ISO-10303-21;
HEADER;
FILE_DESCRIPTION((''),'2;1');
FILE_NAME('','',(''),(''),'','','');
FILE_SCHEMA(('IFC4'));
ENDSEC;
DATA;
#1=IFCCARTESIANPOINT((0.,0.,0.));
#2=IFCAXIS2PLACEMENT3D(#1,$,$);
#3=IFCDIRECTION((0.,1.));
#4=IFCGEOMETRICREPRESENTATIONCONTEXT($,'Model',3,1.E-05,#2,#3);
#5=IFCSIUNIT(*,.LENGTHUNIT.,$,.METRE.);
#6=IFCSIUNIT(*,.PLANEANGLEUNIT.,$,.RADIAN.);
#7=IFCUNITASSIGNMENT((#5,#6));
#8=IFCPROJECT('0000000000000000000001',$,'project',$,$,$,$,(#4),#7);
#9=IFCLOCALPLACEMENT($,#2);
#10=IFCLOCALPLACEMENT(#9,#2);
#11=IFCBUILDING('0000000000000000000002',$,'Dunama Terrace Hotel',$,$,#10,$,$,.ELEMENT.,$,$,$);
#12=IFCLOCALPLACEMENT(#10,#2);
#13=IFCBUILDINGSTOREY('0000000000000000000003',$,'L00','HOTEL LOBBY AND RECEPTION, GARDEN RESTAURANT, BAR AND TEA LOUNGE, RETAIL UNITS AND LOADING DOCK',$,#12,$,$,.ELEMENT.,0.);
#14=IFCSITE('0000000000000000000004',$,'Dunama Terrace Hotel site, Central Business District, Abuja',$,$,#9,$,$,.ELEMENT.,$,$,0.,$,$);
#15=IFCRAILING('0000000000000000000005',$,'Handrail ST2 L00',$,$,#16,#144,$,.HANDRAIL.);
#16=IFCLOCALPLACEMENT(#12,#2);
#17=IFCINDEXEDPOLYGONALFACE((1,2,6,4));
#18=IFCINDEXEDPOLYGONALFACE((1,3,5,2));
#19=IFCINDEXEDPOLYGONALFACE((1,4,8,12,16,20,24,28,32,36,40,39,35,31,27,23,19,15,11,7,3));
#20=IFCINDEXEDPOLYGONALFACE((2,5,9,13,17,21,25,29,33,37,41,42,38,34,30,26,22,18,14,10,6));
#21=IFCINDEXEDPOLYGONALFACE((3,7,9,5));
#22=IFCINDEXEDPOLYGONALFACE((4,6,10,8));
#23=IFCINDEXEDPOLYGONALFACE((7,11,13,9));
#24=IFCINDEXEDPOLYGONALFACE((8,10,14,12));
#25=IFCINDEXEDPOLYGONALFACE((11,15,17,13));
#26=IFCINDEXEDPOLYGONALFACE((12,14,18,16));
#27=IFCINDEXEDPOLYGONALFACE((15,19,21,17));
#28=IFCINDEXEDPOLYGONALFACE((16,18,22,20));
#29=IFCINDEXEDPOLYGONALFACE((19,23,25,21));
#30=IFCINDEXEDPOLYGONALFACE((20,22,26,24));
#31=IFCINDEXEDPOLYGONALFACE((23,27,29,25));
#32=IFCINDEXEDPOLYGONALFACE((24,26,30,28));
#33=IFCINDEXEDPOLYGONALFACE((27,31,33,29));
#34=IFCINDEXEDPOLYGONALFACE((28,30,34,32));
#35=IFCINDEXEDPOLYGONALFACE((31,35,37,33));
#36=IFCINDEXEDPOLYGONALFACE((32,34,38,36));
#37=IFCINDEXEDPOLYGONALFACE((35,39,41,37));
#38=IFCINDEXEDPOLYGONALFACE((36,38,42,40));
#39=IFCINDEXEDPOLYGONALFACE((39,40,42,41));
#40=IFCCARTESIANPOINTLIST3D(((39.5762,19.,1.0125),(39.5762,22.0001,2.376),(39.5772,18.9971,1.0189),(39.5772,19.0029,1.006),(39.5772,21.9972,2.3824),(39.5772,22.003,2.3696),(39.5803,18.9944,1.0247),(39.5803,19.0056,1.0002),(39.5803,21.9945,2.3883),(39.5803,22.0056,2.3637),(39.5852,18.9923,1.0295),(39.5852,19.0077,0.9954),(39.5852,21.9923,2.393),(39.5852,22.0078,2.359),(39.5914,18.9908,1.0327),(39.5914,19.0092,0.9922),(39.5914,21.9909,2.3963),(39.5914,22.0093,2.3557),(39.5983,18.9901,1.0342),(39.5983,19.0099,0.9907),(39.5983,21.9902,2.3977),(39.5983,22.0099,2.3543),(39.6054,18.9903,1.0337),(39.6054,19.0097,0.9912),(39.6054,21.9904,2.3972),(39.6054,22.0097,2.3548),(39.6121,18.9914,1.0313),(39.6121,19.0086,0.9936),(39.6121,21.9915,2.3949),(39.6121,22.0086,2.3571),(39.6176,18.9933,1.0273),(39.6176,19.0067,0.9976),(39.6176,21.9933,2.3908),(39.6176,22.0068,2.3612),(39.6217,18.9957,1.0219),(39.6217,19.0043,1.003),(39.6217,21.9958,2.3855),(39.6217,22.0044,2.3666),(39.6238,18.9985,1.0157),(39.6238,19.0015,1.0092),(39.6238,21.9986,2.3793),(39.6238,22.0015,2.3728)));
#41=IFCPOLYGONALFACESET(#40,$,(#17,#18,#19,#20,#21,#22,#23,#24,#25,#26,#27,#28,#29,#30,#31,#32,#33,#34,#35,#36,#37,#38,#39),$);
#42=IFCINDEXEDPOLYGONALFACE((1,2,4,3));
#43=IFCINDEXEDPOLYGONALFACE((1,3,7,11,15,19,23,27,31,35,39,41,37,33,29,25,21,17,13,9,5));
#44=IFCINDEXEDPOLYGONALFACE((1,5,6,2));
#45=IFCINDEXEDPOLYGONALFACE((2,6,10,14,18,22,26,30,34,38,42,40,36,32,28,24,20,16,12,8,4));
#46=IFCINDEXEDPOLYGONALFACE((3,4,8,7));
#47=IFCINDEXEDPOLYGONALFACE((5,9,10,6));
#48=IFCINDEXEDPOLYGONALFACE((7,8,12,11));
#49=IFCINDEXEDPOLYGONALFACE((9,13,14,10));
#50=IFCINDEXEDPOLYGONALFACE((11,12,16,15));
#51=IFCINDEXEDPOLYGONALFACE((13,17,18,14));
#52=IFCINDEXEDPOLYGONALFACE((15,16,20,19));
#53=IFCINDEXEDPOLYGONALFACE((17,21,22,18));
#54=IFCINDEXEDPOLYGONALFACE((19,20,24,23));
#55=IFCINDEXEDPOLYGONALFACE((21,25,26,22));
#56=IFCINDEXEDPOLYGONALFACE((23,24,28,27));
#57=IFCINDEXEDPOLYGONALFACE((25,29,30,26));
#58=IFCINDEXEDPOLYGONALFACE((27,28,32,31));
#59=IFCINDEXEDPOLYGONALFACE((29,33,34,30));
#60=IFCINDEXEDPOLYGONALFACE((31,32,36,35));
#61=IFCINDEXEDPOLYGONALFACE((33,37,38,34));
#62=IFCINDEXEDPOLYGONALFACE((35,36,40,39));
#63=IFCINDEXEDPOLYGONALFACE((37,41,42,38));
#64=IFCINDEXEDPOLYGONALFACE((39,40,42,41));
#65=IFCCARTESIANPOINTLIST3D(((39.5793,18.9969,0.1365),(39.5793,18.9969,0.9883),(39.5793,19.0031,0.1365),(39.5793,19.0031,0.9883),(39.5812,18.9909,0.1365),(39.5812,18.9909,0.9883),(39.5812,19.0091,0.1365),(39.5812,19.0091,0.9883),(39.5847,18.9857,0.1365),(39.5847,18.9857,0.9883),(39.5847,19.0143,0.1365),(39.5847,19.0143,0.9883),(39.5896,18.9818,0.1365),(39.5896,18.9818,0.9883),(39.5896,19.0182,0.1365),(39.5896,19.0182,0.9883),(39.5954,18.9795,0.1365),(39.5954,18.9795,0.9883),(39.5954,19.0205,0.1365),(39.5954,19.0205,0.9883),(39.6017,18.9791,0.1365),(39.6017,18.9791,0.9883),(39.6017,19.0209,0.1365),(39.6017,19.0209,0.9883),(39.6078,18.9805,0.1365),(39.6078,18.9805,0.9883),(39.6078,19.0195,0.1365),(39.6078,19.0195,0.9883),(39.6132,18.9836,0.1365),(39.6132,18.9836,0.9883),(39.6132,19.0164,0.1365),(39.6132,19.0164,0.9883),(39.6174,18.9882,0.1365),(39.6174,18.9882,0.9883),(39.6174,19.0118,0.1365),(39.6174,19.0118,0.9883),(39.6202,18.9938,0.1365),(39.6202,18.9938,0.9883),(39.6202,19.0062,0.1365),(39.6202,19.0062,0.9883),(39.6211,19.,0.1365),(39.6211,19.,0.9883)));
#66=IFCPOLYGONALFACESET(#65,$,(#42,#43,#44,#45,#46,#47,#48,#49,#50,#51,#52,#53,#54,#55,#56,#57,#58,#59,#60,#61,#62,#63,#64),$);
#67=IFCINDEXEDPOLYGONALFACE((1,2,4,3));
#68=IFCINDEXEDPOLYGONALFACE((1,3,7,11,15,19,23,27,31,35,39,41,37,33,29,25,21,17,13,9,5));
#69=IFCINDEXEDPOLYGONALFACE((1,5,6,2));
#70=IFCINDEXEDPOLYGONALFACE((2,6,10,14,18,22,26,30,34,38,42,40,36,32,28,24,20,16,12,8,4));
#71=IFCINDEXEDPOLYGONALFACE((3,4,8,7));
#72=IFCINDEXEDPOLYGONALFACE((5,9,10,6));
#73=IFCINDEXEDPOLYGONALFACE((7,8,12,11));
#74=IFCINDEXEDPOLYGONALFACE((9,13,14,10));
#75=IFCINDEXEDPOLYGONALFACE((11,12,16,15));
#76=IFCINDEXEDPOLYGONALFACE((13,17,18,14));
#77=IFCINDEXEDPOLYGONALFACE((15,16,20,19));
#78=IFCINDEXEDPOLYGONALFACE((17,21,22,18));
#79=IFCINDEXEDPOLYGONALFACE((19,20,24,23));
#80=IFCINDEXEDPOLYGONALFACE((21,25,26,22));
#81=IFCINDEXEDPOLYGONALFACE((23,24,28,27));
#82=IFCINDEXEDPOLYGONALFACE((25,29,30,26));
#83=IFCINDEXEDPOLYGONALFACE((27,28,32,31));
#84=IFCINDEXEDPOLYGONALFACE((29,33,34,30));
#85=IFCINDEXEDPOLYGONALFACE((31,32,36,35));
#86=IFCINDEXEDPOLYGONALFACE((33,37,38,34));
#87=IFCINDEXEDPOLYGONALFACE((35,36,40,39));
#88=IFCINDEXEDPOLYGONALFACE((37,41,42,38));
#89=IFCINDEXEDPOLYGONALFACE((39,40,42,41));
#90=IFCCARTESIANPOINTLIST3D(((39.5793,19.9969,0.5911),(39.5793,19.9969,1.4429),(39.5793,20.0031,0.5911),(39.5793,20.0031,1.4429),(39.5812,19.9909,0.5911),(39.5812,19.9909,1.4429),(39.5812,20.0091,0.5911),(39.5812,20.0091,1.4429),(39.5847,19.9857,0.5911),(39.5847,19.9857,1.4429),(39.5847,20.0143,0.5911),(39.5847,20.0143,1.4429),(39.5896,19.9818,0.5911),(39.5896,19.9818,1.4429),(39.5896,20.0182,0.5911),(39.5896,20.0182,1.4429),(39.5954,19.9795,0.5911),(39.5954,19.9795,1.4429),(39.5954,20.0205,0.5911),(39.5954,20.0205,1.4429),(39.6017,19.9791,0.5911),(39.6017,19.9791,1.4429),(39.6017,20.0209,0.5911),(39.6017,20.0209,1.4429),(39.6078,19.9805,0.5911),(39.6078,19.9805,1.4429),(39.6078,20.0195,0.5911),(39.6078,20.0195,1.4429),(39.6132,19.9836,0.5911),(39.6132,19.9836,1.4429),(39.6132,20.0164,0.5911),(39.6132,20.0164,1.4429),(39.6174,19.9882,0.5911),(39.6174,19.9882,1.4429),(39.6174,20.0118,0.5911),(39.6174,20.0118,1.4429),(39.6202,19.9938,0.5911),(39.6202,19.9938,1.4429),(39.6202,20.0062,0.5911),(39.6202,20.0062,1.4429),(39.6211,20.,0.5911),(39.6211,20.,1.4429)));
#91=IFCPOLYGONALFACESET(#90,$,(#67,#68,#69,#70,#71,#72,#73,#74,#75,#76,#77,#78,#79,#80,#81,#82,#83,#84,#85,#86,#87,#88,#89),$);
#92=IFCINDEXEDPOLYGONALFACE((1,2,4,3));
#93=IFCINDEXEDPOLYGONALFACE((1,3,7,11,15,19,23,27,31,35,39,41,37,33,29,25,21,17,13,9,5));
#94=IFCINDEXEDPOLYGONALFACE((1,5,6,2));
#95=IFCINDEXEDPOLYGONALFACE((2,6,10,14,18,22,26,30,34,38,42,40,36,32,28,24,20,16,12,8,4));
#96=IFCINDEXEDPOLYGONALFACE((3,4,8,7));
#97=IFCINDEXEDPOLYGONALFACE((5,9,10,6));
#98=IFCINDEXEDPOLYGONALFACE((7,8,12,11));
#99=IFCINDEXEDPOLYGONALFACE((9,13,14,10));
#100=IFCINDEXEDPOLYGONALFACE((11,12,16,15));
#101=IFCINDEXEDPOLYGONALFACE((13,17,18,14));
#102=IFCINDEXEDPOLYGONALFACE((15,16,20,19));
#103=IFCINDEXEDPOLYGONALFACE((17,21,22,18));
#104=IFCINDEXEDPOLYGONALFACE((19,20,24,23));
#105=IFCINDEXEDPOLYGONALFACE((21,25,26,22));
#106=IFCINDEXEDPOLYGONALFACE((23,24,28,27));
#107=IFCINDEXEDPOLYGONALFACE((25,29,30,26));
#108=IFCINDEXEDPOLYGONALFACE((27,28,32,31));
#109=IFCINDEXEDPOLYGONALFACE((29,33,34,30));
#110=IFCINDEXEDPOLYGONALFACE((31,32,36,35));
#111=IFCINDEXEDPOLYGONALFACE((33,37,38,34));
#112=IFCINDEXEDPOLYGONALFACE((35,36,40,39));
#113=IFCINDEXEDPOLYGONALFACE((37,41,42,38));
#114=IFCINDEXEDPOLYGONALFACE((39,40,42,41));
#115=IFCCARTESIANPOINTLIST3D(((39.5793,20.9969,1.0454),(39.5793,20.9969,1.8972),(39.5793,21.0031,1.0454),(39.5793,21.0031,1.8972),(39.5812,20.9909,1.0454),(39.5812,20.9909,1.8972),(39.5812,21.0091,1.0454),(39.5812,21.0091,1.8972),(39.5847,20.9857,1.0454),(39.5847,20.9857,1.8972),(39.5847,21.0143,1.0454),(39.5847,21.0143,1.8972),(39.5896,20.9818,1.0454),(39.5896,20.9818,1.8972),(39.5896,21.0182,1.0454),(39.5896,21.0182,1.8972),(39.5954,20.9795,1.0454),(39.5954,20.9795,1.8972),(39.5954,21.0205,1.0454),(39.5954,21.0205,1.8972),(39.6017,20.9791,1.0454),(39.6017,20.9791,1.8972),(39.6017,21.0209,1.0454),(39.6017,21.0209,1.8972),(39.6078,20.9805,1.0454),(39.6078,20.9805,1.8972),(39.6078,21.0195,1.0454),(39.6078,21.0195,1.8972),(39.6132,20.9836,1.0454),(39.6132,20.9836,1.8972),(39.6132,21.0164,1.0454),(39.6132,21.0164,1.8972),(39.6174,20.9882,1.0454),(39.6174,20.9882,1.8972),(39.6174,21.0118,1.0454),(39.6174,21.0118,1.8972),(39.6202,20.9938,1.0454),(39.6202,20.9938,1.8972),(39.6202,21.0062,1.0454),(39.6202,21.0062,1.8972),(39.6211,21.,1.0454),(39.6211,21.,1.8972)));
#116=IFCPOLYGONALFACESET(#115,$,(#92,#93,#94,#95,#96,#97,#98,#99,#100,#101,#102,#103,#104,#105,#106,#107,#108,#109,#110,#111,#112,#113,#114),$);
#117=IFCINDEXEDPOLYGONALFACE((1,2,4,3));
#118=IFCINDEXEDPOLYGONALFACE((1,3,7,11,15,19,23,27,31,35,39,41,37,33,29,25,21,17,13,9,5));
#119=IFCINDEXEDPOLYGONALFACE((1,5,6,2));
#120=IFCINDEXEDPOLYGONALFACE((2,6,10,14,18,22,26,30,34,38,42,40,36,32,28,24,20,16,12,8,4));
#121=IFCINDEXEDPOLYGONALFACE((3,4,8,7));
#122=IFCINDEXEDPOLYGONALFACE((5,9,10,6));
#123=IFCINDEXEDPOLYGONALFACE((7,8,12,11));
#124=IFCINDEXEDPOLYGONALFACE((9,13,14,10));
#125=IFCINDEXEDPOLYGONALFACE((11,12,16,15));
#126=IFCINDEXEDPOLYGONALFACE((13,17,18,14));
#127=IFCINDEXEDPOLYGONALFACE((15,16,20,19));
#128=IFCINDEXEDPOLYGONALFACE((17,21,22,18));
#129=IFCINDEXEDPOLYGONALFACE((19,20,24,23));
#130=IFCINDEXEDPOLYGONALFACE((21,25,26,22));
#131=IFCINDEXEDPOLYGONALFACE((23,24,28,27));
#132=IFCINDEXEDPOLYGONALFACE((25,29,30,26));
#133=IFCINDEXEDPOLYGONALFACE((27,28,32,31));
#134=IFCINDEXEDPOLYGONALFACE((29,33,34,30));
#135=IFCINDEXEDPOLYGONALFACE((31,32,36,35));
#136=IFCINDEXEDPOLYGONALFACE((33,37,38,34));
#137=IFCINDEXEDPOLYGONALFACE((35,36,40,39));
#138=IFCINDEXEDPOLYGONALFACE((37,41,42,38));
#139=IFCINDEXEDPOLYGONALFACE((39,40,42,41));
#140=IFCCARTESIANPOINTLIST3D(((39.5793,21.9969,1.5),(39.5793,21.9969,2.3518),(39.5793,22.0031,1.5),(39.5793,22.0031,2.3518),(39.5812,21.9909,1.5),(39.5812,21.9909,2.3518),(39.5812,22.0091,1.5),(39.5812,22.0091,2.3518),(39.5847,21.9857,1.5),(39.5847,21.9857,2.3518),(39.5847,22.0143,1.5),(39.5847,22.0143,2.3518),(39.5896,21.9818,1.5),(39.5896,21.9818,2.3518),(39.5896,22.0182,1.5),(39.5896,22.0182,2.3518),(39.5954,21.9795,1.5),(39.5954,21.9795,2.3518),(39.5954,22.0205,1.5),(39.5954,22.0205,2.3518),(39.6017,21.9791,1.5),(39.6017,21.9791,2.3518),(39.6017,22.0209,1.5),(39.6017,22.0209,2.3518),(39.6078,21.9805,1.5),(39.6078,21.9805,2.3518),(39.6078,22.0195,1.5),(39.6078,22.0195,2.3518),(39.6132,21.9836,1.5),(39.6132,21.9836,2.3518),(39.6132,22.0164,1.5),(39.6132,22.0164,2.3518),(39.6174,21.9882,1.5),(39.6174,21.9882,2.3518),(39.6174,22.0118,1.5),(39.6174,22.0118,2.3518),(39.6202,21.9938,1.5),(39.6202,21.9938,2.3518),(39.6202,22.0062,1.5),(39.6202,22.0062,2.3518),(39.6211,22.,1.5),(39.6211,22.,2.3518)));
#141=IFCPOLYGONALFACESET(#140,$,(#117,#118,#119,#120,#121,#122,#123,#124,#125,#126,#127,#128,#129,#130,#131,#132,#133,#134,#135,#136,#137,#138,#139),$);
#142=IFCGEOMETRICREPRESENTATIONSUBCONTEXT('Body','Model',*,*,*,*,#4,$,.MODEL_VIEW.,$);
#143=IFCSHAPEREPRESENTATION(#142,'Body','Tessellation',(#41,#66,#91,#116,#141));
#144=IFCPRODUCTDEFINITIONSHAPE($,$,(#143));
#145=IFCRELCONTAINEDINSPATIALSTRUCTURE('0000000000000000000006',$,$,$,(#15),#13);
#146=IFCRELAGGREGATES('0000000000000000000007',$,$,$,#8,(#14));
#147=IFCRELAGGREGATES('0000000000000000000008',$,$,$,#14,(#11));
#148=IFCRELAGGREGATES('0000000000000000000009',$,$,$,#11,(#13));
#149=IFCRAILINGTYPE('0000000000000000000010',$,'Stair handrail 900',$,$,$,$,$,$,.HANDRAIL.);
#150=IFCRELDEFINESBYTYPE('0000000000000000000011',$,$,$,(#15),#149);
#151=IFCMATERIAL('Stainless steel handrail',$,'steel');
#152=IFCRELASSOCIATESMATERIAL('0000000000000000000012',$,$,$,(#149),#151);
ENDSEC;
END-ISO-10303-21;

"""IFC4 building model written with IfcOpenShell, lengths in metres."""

from ifc_helpers import new_model, si_unit, direction, frame, origin, origin_2d, place, context, subcontext, project, spatial, circle, extrude, material, type_object, element, save


model = new_model("IFC4")

# Units and contexts
model_context = context("Model", 3, precision=1e-05, world=origin(), true_north=direction((0.0, 1.0)))
body_context = subcontext(model_context, "Body", "Model", "MODEL_VIEW")
ifc_project = project(units=[si_unit("LENGTHUNIT", "METRE"), si_unit("PLANEANGLEUNIT", "RADIAN")], contexts=[model_context])

# Site, building, storey
site_placement = place(None, origin())
site = spatial("IfcSite", under=ifc_project, at=site_placement, Name="Dunama Terrace Hotel site, Central Business District, Abuja", CompositionType="ELEMENT", RefElevation=0.0)
building_placement = place(site_placement, origin())
building = spatial("IfcBuilding", under=site, at=building_placement, Name="Dunama Terrace Hotel", CompositionType="ELEMENT")
storey_placement = place(building_placement, origin())
storey = spatial("IfcBuildingStorey", under=building, at=storey_placement, Name="L00", Description="HOTEL LOBBY AND RECEPTION, GARDEN RESTAURANT, BAR AND TEA LOUNGE, RETAIL UNITS AND LOADING DOCK", CompositionType="ELEMENT", Elevation=0.0)

# Railing
ifc_material_1 = material(Name="Stainless steel handrail", Category="steel")
railing_type = type_object("IfcRailingType", Name="Stair handrail 900", PredefinedType="HANDRAIL", material=ifc_material_1)
railing_1_placement = place(storey_placement, frame((39.6001, 19.0, 0.1365)))
element("IfcRailing", 1, at=railing_1_placement, inside=storey, type_object=railing_type, Name="Handrail ST2 L00", PredefinedType="HANDRAIL", context=body_context, shape_type="SweptSolid", body=[
    extrude(circle(Radius=0.0239, at=origin_2d()), frame((0.0, 0.0, 0.876), z_axis=(0.0, 0.910379, 0.413775), x_axis=(-1.0, 0.0, 0.0)), (0.0, 0.0, 1.0), 3.2954),
    extrude(circle(Radius=0.021, at=origin_2d()), origin(), (0.0, 0.0, 1.0), 0.8518),
    extrude(circle(Radius=0.021, at=origin_2d()), frame((0.0, 1.0, 0.4546)), (0.0, 0.0, 1.0), 0.8518),
    extrude(circle(Radius=0.021, at=origin_2d()), frame((0.0, 2.0, 0.9089)), (0.0, 0.0, 1.0), 0.8518),
    extrude(circle(Radius=0.021, at=origin_2d()), frame((0.0, 3.0, 1.3635)), (0.0, 0.0, 1.0), 0.8518),
])

save(model, "model.ifc")
